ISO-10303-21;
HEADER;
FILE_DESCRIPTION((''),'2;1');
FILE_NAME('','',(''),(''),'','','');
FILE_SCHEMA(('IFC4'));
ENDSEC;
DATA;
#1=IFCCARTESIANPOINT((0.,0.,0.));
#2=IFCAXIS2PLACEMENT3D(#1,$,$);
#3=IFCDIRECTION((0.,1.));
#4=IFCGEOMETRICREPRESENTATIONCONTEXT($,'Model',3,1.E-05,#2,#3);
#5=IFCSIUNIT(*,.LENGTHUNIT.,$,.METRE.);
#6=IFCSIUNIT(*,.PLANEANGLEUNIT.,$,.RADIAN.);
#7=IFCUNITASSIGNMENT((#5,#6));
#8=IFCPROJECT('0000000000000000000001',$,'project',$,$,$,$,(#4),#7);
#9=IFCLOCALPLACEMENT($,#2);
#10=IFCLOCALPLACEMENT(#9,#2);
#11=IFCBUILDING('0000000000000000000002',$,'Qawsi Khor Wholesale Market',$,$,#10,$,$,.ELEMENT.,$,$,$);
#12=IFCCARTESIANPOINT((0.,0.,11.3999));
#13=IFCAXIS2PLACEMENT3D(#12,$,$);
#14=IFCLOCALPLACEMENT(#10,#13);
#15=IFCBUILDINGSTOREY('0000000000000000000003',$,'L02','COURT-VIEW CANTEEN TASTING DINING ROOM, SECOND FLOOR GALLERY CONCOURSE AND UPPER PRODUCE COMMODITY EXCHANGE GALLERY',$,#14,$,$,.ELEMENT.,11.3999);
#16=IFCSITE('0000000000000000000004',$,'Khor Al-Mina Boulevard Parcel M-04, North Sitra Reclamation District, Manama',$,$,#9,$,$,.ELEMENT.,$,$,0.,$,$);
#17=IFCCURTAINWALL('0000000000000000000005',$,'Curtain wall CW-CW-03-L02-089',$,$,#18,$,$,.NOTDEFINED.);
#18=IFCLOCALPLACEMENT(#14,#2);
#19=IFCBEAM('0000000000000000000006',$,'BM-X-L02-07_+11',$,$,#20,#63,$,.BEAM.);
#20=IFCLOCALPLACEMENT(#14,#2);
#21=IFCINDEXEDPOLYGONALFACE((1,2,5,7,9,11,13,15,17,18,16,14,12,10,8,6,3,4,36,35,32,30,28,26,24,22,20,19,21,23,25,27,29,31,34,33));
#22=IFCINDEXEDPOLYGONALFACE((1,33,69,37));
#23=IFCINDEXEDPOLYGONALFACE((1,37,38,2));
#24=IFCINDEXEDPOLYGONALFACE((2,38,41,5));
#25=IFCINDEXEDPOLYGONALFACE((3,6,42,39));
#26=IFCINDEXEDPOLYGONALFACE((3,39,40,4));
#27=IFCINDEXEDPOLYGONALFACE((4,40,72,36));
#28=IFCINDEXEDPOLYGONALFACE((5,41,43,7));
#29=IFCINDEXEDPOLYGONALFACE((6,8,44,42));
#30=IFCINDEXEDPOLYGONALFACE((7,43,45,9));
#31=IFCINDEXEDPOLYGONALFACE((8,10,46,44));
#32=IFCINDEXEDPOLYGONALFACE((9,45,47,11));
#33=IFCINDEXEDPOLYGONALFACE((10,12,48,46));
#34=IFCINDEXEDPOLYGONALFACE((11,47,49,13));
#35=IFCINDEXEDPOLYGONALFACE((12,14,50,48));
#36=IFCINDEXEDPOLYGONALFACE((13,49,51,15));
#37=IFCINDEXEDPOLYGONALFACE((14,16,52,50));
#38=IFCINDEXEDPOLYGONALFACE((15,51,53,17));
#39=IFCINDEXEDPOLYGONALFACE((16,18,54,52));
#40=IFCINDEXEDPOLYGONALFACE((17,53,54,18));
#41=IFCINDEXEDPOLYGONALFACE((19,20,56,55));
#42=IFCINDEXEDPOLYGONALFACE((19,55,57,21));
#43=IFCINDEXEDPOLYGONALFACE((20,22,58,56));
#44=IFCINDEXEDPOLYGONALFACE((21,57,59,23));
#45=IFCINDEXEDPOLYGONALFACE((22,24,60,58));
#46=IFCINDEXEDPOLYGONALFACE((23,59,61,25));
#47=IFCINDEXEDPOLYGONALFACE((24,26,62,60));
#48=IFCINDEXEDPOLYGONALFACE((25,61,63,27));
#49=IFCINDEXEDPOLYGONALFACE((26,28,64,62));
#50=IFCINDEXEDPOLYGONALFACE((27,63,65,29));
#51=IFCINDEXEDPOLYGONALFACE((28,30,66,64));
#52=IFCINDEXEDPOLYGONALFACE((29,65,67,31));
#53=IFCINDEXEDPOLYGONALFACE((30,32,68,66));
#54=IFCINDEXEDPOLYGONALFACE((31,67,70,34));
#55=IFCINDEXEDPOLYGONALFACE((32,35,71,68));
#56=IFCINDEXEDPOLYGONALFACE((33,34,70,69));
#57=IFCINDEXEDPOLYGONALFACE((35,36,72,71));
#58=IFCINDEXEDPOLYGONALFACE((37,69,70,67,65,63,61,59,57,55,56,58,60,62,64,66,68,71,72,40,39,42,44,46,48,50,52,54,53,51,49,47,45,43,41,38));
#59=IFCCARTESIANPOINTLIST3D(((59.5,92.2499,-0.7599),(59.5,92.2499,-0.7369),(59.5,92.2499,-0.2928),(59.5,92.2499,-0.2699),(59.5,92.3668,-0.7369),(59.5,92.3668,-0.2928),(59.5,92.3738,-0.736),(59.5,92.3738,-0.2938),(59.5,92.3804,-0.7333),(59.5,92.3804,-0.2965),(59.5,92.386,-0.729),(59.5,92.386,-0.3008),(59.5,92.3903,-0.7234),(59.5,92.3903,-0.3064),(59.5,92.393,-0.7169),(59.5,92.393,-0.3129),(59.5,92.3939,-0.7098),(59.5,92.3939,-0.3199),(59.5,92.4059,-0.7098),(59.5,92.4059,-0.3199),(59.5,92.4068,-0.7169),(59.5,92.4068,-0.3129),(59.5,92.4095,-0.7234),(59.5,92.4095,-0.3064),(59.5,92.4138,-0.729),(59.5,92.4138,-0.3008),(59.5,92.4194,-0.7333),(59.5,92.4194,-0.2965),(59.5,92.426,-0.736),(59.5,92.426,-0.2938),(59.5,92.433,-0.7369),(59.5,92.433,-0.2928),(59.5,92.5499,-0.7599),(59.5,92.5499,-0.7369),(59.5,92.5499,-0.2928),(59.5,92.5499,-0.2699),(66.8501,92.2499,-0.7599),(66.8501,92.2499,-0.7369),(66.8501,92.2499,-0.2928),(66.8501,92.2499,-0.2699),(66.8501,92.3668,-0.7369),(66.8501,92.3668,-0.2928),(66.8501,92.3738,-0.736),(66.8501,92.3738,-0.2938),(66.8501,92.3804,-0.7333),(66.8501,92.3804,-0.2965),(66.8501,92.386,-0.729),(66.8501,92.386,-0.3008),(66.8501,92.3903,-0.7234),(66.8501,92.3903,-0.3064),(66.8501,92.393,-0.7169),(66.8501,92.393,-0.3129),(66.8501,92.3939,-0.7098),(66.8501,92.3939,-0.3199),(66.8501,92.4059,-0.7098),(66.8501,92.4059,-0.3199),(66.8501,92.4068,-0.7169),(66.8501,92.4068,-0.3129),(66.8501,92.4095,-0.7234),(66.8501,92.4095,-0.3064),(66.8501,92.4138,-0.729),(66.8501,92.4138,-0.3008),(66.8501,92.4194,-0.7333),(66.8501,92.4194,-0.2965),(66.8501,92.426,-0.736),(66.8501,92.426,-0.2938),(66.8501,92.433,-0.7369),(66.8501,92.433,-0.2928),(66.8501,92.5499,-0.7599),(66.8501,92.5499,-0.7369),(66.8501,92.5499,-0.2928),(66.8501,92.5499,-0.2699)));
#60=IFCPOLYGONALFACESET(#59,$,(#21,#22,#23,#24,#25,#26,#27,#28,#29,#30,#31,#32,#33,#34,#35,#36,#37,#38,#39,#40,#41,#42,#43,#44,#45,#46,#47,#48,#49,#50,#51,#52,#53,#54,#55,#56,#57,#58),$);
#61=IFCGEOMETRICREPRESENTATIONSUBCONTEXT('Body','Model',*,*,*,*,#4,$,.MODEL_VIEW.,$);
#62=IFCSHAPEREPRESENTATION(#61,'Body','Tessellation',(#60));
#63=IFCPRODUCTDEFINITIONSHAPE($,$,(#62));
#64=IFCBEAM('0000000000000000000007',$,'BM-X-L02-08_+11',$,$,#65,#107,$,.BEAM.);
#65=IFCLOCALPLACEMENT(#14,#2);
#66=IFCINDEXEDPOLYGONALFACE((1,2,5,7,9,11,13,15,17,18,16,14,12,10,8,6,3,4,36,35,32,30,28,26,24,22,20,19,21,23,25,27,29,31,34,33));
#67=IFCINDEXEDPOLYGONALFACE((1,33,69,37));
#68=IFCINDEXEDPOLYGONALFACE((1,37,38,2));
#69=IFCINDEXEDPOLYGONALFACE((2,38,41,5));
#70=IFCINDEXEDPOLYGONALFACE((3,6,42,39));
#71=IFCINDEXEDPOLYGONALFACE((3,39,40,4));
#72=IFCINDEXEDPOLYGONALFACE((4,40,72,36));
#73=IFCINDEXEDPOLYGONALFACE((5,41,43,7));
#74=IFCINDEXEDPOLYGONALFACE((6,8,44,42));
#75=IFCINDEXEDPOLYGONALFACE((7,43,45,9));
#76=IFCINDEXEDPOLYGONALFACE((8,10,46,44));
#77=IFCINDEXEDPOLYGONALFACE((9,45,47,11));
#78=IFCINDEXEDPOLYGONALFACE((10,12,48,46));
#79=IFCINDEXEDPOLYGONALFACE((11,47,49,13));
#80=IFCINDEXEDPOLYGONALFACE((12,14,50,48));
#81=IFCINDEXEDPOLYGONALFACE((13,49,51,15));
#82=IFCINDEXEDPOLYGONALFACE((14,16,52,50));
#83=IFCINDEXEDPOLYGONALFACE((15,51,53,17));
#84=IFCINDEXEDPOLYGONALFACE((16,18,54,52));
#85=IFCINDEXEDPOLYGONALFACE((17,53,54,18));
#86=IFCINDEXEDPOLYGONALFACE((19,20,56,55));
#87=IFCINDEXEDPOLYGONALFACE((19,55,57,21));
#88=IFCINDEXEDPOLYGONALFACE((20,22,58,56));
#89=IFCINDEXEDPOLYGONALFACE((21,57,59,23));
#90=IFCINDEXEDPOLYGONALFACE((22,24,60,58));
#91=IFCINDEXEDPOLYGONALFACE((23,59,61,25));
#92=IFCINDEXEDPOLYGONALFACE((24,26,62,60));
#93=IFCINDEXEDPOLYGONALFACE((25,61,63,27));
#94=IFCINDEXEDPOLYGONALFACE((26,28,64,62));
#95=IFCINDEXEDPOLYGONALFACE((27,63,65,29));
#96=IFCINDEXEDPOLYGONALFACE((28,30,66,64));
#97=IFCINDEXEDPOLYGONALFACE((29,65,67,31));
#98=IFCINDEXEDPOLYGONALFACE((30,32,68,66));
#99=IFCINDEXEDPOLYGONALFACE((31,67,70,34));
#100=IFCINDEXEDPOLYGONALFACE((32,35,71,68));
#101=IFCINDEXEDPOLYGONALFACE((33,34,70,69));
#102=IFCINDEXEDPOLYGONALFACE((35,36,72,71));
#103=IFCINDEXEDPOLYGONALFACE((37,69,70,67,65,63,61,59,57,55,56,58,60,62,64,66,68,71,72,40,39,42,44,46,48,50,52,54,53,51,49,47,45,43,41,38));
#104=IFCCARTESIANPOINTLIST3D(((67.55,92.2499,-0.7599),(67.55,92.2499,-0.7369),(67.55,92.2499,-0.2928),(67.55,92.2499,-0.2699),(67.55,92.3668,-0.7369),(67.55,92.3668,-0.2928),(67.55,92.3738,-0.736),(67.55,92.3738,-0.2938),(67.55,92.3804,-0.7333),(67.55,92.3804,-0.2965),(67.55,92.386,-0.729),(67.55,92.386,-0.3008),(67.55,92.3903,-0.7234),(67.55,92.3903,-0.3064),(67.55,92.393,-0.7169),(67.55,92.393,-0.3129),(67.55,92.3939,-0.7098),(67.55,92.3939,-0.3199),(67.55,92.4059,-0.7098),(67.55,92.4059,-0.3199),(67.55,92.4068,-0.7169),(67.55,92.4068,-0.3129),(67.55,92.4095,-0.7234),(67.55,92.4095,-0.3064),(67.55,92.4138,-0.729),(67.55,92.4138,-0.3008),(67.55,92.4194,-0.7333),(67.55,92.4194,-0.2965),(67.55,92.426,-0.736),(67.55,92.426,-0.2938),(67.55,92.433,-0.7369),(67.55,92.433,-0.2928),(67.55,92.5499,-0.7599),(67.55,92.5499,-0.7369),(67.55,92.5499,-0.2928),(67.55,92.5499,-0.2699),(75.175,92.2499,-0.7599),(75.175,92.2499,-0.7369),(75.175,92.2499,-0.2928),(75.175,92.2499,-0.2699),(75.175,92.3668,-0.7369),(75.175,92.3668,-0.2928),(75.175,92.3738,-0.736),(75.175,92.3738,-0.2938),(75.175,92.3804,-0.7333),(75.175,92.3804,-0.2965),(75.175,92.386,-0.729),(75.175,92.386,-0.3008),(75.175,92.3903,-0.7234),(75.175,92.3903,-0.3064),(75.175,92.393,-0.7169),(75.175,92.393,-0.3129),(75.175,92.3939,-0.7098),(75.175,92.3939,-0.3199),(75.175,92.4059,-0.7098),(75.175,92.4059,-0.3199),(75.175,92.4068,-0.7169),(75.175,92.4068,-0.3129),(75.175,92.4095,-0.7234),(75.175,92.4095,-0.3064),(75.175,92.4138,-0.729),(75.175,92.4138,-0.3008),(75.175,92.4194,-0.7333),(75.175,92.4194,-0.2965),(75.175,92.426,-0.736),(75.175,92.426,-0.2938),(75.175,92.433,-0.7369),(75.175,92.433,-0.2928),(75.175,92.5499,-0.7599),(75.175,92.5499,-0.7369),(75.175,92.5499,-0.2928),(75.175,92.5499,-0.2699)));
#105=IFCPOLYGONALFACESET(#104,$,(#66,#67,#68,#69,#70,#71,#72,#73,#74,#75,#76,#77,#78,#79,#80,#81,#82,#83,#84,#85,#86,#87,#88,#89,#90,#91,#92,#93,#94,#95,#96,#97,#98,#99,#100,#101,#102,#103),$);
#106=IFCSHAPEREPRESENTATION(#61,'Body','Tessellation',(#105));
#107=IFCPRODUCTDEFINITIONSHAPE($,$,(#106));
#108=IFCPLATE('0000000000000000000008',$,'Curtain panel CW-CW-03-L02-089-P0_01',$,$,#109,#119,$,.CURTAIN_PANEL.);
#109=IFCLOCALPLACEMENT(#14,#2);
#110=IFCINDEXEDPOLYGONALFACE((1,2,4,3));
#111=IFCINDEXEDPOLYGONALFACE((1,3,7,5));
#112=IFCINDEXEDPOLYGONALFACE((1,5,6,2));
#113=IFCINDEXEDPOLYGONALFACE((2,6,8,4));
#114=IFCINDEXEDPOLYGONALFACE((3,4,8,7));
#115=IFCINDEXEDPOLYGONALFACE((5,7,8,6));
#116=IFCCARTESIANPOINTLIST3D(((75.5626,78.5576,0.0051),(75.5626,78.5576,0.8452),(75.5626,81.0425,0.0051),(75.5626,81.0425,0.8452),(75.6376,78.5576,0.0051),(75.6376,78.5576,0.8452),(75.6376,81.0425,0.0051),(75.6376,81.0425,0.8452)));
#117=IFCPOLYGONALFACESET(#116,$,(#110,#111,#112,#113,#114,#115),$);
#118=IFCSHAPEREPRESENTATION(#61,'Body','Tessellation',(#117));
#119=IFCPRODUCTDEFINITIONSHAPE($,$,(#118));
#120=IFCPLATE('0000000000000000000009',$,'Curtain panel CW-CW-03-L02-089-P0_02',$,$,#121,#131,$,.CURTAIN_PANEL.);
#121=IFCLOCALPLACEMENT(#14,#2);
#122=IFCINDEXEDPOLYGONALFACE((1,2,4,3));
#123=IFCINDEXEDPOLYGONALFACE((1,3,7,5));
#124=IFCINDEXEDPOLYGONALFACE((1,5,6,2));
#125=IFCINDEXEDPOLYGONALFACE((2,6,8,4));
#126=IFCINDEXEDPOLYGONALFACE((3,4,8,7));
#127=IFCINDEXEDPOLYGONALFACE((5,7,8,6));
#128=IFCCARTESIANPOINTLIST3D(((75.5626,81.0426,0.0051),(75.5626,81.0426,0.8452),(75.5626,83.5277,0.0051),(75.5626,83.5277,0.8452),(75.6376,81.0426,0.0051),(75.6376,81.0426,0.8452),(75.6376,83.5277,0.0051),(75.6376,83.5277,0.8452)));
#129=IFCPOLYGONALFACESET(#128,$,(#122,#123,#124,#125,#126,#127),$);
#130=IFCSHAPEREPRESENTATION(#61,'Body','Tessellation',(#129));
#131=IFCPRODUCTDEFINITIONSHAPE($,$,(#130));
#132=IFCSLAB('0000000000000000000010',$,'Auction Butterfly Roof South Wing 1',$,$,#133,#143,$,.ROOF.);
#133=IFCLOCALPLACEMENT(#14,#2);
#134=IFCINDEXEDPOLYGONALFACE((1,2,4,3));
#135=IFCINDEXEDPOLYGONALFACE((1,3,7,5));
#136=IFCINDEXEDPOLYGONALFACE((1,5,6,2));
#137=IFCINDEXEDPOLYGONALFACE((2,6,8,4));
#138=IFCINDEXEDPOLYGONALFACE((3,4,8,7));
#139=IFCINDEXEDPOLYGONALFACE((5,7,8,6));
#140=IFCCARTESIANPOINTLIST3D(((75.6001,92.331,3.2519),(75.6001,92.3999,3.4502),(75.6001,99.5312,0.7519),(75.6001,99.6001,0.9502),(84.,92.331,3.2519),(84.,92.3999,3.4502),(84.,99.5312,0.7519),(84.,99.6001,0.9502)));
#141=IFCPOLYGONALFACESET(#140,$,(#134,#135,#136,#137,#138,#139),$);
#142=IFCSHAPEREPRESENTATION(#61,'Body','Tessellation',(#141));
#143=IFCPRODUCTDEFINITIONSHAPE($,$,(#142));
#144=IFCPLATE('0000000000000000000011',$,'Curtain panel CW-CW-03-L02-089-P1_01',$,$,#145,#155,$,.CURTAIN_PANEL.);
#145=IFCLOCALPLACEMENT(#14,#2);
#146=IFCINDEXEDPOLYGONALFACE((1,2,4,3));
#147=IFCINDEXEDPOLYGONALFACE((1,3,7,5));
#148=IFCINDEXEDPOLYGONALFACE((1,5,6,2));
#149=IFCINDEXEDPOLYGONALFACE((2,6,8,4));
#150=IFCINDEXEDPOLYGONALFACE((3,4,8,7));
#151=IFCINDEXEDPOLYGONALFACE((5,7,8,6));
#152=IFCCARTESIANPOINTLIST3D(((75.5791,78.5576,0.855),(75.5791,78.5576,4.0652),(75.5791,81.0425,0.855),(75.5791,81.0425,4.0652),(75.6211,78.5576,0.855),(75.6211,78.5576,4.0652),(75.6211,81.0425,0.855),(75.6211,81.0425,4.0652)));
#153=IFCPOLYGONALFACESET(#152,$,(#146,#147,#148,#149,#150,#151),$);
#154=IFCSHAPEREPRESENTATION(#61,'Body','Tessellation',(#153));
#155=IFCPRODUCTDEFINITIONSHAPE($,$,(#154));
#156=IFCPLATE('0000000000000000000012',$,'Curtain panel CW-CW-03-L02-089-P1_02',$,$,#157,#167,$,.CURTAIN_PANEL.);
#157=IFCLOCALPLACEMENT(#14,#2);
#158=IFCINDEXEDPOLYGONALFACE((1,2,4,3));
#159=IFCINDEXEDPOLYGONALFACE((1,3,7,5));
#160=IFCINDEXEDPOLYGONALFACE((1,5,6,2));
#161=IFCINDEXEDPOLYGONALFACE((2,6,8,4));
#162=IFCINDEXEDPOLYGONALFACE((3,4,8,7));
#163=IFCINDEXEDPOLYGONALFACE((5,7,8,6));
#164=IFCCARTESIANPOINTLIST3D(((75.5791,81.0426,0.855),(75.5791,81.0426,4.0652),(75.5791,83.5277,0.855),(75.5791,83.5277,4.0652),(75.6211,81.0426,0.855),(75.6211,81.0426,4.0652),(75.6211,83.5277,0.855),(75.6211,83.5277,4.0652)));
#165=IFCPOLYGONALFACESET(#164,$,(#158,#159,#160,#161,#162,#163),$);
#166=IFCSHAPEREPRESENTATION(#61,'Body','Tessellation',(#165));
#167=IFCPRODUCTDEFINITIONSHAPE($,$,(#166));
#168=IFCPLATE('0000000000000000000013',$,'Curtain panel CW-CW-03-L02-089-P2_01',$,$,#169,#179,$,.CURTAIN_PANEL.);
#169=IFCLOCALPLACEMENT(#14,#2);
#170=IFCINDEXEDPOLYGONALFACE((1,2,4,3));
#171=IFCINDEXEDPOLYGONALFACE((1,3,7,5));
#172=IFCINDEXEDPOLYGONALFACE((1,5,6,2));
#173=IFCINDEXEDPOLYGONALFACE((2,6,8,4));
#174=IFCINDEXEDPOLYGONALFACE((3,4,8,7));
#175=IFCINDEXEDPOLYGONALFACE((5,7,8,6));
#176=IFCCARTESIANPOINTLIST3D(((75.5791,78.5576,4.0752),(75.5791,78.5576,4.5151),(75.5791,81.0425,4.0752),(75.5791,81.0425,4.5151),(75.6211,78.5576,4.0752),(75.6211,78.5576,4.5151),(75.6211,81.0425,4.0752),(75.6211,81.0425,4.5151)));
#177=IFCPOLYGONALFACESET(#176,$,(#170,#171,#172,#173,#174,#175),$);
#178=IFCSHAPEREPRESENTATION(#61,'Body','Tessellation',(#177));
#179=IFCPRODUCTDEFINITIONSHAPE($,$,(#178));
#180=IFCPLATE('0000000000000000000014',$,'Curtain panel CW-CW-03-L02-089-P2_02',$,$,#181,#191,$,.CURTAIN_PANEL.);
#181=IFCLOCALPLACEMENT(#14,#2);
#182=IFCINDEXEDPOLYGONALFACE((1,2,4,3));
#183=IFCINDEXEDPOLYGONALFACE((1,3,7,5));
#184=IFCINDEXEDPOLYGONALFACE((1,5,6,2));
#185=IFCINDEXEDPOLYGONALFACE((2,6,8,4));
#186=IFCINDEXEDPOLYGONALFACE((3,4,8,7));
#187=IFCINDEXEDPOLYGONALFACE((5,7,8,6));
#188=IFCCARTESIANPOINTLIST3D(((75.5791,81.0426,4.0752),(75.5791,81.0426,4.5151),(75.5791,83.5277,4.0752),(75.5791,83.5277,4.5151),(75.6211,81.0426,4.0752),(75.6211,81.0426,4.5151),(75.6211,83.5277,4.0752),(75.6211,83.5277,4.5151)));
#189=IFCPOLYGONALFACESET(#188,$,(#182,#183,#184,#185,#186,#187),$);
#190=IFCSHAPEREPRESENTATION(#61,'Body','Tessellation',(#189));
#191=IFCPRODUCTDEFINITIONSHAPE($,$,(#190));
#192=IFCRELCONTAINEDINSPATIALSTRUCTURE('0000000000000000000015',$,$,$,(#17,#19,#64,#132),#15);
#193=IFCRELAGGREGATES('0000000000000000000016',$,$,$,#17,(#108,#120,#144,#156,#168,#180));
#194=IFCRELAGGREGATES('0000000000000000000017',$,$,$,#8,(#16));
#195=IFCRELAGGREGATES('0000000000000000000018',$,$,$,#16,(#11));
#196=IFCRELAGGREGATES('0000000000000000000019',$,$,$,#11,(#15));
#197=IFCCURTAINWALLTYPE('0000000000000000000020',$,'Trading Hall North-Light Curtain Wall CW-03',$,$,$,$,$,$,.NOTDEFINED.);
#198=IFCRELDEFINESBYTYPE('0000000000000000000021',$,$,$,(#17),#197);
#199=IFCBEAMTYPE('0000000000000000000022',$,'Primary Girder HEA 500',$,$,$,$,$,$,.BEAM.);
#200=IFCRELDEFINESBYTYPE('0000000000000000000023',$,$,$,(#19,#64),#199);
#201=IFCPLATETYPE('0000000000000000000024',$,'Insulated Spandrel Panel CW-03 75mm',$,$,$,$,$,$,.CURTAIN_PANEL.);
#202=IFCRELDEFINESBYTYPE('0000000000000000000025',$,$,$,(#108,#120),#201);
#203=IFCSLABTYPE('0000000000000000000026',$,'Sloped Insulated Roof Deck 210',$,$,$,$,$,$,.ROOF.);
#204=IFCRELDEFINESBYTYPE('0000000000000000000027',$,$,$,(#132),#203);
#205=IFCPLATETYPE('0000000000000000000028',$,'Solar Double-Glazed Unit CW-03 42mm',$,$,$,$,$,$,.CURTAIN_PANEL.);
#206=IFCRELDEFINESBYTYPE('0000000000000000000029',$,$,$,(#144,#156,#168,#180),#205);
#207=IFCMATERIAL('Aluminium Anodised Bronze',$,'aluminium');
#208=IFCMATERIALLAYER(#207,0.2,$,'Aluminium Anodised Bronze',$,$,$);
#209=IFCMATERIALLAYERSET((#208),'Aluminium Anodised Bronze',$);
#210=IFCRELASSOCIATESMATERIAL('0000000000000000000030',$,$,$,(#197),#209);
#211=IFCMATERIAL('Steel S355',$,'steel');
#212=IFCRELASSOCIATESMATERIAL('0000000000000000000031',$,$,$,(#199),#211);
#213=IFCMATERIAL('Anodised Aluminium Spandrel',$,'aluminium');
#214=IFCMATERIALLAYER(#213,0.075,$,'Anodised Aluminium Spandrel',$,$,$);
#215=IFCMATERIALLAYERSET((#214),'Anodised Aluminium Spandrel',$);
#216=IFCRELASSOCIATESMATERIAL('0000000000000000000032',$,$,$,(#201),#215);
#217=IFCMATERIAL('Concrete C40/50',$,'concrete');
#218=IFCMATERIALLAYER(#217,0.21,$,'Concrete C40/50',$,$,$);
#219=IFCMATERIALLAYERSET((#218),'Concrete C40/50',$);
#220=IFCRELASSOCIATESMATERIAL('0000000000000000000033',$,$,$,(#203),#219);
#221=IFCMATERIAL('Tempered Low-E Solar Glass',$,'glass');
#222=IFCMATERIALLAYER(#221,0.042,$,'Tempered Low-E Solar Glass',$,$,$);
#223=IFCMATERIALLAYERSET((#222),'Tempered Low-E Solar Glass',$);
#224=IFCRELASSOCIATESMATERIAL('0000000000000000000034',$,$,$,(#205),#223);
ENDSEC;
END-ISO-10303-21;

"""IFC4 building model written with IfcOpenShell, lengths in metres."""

from ifc_helpers import new_model, si_unit, direction, frame, frame_2d, origin, origin_2d, place, context, subcontext, project, spatial, polyline, rectangle, i_section, outline, extrude, material, layer, layer_set, material_profile, profile_set, type_object, element, aggregate, save


model = new_model("IFC4")

# Units and contexts
model_context = context("Model", 3, precision=1e-05, world=origin(), true_north=direction((0.0, 1.0)))
body_context = subcontext(model_context, "Body", "Model", "MODEL_VIEW")
ifc_project = project(units=[si_unit("LENGTHUNIT", "METRE"), si_unit("PLANEANGLEUNIT", "RADIAN")], contexts=[model_context])

# Site, building, storey
site_placement = place(None, origin())
site = spatial("IfcSite", under=ifc_project, at=site_placement, Name="Khor Al-Mina Boulevard Parcel M-04, North Sitra Reclamation District, Manama", CompositionType="ELEMENT", RefElevation=0.0)
building_placement = place(site_placement, origin())
building = spatial("IfcBuilding", under=site, at=building_placement, Name="Qawsi Khor Wholesale Market", CompositionType="ELEMENT")
storey_placement = place(building_placement, frame((0.0, 0.0, 11.3999)))
storey = spatial("IfcBuildingStorey", under=building, at=storey_placement, Name="L02", Description="COURT-VIEW CANTEEN TASTING DINING ROOM, SECOND FLOOR GALLERY CONCOURSE AND UPPER PRODUCE COMMODITY EXCHANGE GALLERY", CompositionType="ELEMENT", Elevation=11.3999)

# Shared definitions
ifc_material_1 = material(Name="Concrete C40/50", Category="concrete")

# Curtain wall
ifc_material_2 = material(Name="Aluminium Anodised Bronze", Category="aluminium")
ifc_layer_1 = layer(ifc_material_2, 0.2, Name="Aluminium Anodised Bronze")
ifc_layer_set_1 = layer_set([ifc_layer_1], Name="Aluminium Anodised Bronze")
curtain_wall_type = type_object("IfcCurtainWallType", Name="Trading Hall North-Light Curtain Wall CW-03", PredefinedType="NOTDEFINED", material=ifc_layer_set_1)
curtain_wall_placement = place(storey_placement, origin())
curtain_wall = element("IfcCurtainWall", 1, at=curtain_wall_placement, inside=storey, type_object=curtain_wall_type, Name="Curtain wall CW-CW-03-L02-089", PredefinedType="NOTDEFINED")

# Beams
ifc_material_3 = material(Name="Steel S355", Category="steel")
ifc_material_profile_1 = material_profile(ifc_material_3, i_section(OverallWidth=0.3, OverallDepth=0.49, WebThickness=0.012, FlangeThickness=0.0229, FilletRadius=0.0271, at=origin_2d()), Name="HEA 500")
ifc_profile_set_1 = profile_set([ifc_material_profile_1], Name="Steel S355")
beam_type = type_object("IfcBeamType", Name="Primary Girder HEA 500", PredefinedType="BEAM", material=ifc_profile_set_1)
beam_1_placement = place(storey_placement, frame((59.5, 92.3999, -0.5149), z_axis=(1.0, 0.0, 0.0), x_axis=(0.0, 1.0, 0.0)))
element("IfcBeam", 2, at=beam_1_placement, inside=storey, type_object=beam_type, Name="BM-X-L02-07_+11", PredefinedType="BEAM", context=body_context, shape_type="SweptSolid", body=[
    extrude(i_section(OverallWidth=0.3, OverallDepth=0.49, WebThickness=0.012, FlangeThickness=0.0229, FilletRadius=0.0271, at=origin_2d()), origin(), (0.0, 0.0, 1.0), 7.3501),
])
beam_2_placement = place(storey_placement, frame((67.55, 92.3999, -0.5149), z_axis=(1.0, 0.0, 0.0), x_axis=(0.0, 1.0, 0.0)))
element("IfcBeam", 3, at=beam_2_placement, inside=storey, type_object=beam_type, Name="BM-X-L02-08_+11", PredefinedType="BEAM", context=body_context, shape_type="SweptSolid", body=[
    extrude(i_section(OverallWidth=0.3, OverallDepth=0.49, WebThickness=0.012, FlangeThickness=0.0229, FilletRadius=0.0271, at=origin_2d()), origin(), (0.0, 0.0, 1.0), 7.625),
])

# Plates
ifc_material_4 = material(Name="Anodised Aluminium Spandrel", Category="aluminium")
ifc_layer_2 = layer(ifc_material_4, 0.075, Name="Anodised Aluminium Spandrel")
ifc_layer_set_2 = layer_set([ifc_layer_2], Name="Anodised Aluminium Spandrel")
plate_type_1 = type_object("IfcPlateType", Name="Insulated Spandrel Panel CW-03 75mm", PredefinedType="CURTAIN_PANEL", material=ifc_layer_set_2)
plate_1_placement = place(storey_placement, frame((75.6001, 78.5576, 0.0051), z_axis=(0.0, 0.0, 1.0), x_axis=(0.0, 1.0, 0.0)))
plate_1 = element("IfcPlate", 4, at=plate_1_placement, type_object=plate_type_1, Name="Curtain panel CW-CW-03-L02-089-P0_01", PredefinedType="CURTAIN_PANEL", context=body_context, shape_type="SweptSolid", body=[
    extrude(rectangle(XDim=2.4849, YDim=0.075, at=frame_2d((1.2424, 0.0))), origin(), (0.0, 0.0, 1.0), 0.8401),
])
plate_2_placement = place(storey_placement, frame((75.6001, 81.0425, 0.0051), z_axis=(0.0, 0.0, 1.0), x_axis=(0.0, 1.0, 0.0)))
plate_2 = element("IfcPlate", 5, at=plate_2_placement, type_object=plate_type_1, Name="Curtain panel CW-CW-03-L02-089-P0_02", PredefinedType="CURTAIN_PANEL", context=body_context, shape_type="SweptSolid", body=[
    extrude(rectangle(XDim=2.4851, YDim=0.075, at=frame_2d((1.2427, 0.0))), origin(), (0.0, 0.0, 1.0), 0.8401),
])

# Slab
ifc_layer_3 = layer(ifc_material_1, 0.21, Name="Concrete C40/50")
ifc_layer_set_3 = layer_set([ifc_layer_3], Name="Concrete C40/50")
slab_type = type_object("IfcSlabType", Name="Sloped Insulated Roof Deck 210", PredefinedType="ROOF", material=ifc_layer_set_3)
slab_placement = place(storey_placement, frame((75.6001, 92.3999, 3.4502), z_axis=(0.0, 0.328004, 0.944676), x_axis=(1.0, 0.0, 0.0)))
element("IfcSlab", 6, at=slab_placement, inside=storey, type_object=slab_type, Name="Auction Butterfly Roof South Wing 1", PredefinedType="ROOF", context=body_context, shape_type="SweptSolid", body=[
    extrude(outline(polyline([(0.0, 0.0), (8.3999, 0.0), (8.3999, 7.6219), (0.0, 7.6219), (0.0, 0.0)])), origin(), (0.0, 0.0, -1.0), 0.21),
])

# Plates
ifc_material_5 = material(Name="Tempered Low-E Solar Glass", Category="glass")
ifc_layer_4 = layer(ifc_material_5, 0.042, Name="Tempered Low-E Solar Glass")
ifc_layer_set_4 = layer_set([ifc_layer_4], Name="Tempered Low-E Solar Glass")
plate_type_2 = type_object("IfcPlateType", Name="Solar Double-Glazed Unit CW-03 42mm", PredefinedType="CURTAIN_PANEL", material=ifc_layer_set_4)
plate_3_placement = place(storey_placement, frame((75.6001, 78.5576, 0.855), z_axis=(0.0, 0.0, 1.0), x_axis=(0.0, 1.0, 0.0)))
plate_3 = element("IfcPlate", 7, at=plate_3_placement, type_object=plate_type_2, Name="Curtain panel CW-CW-03-L02-089-P1_01", PredefinedType="CURTAIN_PANEL", context=body_context, shape_type="SweptSolid", body=[
    extrude(rectangle(XDim=2.4849, YDim=0.042, at=frame_2d((1.2424, 0.0))), origin(), (0.0, 0.0, 1.0), 3.2102),
])
plate_4_placement = place(storey_placement, frame((75.6001, 81.0425, 0.855), z_axis=(0.0, 0.0, 1.0), x_axis=(0.0, 1.0, 0.0)))
plate_4 = element("IfcPlate", 8, at=plate_4_placement, type_object=plate_type_2, Name="Curtain panel CW-CW-03-L02-089-P1_02", PredefinedType="CURTAIN_PANEL", context=body_context, shape_type="SweptSolid", body=[
    extrude(rectangle(XDim=2.4851, YDim=0.042, at=frame_2d((1.2427, 0.0))), origin(), (0.0, 0.0, 1.0), 3.2102),
])
plate_5_placement = place(storey_placement, frame((75.6001, 78.5576, 4.0752), z_axis=(0.0, 0.0, 1.0), x_axis=(0.0, 1.0, 0.0)))
plate_5 = element("IfcPlate", 9, at=plate_5_placement, type_object=plate_type_2, Name="Curtain panel CW-CW-03-L02-089-P2_01", PredefinedType="CURTAIN_PANEL", context=body_context, shape_type="SweptSolid", body=[
    extrude(rectangle(XDim=2.4849, YDim=0.042, at=frame_2d((1.2424, 0.0))), origin(), (0.0, 0.0, 1.0), 0.4399),
])
plate_6_placement = place(storey_placement, frame((75.6001, 81.0425, 4.0752), z_axis=(0.0, 0.0, 1.0), x_axis=(0.0, 1.0, 0.0)))
plate_6 = element("IfcPlate", 10, at=plate_6_placement, type_object=plate_type_2, Name="Curtain panel CW-CW-03-L02-089-P2_02", PredefinedType="CURTAIN_PANEL", context=body_context, shape_type="SweptSolid", body=[
    extrude(rectangle(XDim=2.4851, YDim=0.042, at=frame_2d((1.2427, 0.0))), origin(), (0.0, 0.0, 1.0), 0.4399),
])
aggregate(curtain_wall, [plate_1, plate_2, plate_3, plate_4, plate_5, plate_6])

save(model, "model.ifc")
